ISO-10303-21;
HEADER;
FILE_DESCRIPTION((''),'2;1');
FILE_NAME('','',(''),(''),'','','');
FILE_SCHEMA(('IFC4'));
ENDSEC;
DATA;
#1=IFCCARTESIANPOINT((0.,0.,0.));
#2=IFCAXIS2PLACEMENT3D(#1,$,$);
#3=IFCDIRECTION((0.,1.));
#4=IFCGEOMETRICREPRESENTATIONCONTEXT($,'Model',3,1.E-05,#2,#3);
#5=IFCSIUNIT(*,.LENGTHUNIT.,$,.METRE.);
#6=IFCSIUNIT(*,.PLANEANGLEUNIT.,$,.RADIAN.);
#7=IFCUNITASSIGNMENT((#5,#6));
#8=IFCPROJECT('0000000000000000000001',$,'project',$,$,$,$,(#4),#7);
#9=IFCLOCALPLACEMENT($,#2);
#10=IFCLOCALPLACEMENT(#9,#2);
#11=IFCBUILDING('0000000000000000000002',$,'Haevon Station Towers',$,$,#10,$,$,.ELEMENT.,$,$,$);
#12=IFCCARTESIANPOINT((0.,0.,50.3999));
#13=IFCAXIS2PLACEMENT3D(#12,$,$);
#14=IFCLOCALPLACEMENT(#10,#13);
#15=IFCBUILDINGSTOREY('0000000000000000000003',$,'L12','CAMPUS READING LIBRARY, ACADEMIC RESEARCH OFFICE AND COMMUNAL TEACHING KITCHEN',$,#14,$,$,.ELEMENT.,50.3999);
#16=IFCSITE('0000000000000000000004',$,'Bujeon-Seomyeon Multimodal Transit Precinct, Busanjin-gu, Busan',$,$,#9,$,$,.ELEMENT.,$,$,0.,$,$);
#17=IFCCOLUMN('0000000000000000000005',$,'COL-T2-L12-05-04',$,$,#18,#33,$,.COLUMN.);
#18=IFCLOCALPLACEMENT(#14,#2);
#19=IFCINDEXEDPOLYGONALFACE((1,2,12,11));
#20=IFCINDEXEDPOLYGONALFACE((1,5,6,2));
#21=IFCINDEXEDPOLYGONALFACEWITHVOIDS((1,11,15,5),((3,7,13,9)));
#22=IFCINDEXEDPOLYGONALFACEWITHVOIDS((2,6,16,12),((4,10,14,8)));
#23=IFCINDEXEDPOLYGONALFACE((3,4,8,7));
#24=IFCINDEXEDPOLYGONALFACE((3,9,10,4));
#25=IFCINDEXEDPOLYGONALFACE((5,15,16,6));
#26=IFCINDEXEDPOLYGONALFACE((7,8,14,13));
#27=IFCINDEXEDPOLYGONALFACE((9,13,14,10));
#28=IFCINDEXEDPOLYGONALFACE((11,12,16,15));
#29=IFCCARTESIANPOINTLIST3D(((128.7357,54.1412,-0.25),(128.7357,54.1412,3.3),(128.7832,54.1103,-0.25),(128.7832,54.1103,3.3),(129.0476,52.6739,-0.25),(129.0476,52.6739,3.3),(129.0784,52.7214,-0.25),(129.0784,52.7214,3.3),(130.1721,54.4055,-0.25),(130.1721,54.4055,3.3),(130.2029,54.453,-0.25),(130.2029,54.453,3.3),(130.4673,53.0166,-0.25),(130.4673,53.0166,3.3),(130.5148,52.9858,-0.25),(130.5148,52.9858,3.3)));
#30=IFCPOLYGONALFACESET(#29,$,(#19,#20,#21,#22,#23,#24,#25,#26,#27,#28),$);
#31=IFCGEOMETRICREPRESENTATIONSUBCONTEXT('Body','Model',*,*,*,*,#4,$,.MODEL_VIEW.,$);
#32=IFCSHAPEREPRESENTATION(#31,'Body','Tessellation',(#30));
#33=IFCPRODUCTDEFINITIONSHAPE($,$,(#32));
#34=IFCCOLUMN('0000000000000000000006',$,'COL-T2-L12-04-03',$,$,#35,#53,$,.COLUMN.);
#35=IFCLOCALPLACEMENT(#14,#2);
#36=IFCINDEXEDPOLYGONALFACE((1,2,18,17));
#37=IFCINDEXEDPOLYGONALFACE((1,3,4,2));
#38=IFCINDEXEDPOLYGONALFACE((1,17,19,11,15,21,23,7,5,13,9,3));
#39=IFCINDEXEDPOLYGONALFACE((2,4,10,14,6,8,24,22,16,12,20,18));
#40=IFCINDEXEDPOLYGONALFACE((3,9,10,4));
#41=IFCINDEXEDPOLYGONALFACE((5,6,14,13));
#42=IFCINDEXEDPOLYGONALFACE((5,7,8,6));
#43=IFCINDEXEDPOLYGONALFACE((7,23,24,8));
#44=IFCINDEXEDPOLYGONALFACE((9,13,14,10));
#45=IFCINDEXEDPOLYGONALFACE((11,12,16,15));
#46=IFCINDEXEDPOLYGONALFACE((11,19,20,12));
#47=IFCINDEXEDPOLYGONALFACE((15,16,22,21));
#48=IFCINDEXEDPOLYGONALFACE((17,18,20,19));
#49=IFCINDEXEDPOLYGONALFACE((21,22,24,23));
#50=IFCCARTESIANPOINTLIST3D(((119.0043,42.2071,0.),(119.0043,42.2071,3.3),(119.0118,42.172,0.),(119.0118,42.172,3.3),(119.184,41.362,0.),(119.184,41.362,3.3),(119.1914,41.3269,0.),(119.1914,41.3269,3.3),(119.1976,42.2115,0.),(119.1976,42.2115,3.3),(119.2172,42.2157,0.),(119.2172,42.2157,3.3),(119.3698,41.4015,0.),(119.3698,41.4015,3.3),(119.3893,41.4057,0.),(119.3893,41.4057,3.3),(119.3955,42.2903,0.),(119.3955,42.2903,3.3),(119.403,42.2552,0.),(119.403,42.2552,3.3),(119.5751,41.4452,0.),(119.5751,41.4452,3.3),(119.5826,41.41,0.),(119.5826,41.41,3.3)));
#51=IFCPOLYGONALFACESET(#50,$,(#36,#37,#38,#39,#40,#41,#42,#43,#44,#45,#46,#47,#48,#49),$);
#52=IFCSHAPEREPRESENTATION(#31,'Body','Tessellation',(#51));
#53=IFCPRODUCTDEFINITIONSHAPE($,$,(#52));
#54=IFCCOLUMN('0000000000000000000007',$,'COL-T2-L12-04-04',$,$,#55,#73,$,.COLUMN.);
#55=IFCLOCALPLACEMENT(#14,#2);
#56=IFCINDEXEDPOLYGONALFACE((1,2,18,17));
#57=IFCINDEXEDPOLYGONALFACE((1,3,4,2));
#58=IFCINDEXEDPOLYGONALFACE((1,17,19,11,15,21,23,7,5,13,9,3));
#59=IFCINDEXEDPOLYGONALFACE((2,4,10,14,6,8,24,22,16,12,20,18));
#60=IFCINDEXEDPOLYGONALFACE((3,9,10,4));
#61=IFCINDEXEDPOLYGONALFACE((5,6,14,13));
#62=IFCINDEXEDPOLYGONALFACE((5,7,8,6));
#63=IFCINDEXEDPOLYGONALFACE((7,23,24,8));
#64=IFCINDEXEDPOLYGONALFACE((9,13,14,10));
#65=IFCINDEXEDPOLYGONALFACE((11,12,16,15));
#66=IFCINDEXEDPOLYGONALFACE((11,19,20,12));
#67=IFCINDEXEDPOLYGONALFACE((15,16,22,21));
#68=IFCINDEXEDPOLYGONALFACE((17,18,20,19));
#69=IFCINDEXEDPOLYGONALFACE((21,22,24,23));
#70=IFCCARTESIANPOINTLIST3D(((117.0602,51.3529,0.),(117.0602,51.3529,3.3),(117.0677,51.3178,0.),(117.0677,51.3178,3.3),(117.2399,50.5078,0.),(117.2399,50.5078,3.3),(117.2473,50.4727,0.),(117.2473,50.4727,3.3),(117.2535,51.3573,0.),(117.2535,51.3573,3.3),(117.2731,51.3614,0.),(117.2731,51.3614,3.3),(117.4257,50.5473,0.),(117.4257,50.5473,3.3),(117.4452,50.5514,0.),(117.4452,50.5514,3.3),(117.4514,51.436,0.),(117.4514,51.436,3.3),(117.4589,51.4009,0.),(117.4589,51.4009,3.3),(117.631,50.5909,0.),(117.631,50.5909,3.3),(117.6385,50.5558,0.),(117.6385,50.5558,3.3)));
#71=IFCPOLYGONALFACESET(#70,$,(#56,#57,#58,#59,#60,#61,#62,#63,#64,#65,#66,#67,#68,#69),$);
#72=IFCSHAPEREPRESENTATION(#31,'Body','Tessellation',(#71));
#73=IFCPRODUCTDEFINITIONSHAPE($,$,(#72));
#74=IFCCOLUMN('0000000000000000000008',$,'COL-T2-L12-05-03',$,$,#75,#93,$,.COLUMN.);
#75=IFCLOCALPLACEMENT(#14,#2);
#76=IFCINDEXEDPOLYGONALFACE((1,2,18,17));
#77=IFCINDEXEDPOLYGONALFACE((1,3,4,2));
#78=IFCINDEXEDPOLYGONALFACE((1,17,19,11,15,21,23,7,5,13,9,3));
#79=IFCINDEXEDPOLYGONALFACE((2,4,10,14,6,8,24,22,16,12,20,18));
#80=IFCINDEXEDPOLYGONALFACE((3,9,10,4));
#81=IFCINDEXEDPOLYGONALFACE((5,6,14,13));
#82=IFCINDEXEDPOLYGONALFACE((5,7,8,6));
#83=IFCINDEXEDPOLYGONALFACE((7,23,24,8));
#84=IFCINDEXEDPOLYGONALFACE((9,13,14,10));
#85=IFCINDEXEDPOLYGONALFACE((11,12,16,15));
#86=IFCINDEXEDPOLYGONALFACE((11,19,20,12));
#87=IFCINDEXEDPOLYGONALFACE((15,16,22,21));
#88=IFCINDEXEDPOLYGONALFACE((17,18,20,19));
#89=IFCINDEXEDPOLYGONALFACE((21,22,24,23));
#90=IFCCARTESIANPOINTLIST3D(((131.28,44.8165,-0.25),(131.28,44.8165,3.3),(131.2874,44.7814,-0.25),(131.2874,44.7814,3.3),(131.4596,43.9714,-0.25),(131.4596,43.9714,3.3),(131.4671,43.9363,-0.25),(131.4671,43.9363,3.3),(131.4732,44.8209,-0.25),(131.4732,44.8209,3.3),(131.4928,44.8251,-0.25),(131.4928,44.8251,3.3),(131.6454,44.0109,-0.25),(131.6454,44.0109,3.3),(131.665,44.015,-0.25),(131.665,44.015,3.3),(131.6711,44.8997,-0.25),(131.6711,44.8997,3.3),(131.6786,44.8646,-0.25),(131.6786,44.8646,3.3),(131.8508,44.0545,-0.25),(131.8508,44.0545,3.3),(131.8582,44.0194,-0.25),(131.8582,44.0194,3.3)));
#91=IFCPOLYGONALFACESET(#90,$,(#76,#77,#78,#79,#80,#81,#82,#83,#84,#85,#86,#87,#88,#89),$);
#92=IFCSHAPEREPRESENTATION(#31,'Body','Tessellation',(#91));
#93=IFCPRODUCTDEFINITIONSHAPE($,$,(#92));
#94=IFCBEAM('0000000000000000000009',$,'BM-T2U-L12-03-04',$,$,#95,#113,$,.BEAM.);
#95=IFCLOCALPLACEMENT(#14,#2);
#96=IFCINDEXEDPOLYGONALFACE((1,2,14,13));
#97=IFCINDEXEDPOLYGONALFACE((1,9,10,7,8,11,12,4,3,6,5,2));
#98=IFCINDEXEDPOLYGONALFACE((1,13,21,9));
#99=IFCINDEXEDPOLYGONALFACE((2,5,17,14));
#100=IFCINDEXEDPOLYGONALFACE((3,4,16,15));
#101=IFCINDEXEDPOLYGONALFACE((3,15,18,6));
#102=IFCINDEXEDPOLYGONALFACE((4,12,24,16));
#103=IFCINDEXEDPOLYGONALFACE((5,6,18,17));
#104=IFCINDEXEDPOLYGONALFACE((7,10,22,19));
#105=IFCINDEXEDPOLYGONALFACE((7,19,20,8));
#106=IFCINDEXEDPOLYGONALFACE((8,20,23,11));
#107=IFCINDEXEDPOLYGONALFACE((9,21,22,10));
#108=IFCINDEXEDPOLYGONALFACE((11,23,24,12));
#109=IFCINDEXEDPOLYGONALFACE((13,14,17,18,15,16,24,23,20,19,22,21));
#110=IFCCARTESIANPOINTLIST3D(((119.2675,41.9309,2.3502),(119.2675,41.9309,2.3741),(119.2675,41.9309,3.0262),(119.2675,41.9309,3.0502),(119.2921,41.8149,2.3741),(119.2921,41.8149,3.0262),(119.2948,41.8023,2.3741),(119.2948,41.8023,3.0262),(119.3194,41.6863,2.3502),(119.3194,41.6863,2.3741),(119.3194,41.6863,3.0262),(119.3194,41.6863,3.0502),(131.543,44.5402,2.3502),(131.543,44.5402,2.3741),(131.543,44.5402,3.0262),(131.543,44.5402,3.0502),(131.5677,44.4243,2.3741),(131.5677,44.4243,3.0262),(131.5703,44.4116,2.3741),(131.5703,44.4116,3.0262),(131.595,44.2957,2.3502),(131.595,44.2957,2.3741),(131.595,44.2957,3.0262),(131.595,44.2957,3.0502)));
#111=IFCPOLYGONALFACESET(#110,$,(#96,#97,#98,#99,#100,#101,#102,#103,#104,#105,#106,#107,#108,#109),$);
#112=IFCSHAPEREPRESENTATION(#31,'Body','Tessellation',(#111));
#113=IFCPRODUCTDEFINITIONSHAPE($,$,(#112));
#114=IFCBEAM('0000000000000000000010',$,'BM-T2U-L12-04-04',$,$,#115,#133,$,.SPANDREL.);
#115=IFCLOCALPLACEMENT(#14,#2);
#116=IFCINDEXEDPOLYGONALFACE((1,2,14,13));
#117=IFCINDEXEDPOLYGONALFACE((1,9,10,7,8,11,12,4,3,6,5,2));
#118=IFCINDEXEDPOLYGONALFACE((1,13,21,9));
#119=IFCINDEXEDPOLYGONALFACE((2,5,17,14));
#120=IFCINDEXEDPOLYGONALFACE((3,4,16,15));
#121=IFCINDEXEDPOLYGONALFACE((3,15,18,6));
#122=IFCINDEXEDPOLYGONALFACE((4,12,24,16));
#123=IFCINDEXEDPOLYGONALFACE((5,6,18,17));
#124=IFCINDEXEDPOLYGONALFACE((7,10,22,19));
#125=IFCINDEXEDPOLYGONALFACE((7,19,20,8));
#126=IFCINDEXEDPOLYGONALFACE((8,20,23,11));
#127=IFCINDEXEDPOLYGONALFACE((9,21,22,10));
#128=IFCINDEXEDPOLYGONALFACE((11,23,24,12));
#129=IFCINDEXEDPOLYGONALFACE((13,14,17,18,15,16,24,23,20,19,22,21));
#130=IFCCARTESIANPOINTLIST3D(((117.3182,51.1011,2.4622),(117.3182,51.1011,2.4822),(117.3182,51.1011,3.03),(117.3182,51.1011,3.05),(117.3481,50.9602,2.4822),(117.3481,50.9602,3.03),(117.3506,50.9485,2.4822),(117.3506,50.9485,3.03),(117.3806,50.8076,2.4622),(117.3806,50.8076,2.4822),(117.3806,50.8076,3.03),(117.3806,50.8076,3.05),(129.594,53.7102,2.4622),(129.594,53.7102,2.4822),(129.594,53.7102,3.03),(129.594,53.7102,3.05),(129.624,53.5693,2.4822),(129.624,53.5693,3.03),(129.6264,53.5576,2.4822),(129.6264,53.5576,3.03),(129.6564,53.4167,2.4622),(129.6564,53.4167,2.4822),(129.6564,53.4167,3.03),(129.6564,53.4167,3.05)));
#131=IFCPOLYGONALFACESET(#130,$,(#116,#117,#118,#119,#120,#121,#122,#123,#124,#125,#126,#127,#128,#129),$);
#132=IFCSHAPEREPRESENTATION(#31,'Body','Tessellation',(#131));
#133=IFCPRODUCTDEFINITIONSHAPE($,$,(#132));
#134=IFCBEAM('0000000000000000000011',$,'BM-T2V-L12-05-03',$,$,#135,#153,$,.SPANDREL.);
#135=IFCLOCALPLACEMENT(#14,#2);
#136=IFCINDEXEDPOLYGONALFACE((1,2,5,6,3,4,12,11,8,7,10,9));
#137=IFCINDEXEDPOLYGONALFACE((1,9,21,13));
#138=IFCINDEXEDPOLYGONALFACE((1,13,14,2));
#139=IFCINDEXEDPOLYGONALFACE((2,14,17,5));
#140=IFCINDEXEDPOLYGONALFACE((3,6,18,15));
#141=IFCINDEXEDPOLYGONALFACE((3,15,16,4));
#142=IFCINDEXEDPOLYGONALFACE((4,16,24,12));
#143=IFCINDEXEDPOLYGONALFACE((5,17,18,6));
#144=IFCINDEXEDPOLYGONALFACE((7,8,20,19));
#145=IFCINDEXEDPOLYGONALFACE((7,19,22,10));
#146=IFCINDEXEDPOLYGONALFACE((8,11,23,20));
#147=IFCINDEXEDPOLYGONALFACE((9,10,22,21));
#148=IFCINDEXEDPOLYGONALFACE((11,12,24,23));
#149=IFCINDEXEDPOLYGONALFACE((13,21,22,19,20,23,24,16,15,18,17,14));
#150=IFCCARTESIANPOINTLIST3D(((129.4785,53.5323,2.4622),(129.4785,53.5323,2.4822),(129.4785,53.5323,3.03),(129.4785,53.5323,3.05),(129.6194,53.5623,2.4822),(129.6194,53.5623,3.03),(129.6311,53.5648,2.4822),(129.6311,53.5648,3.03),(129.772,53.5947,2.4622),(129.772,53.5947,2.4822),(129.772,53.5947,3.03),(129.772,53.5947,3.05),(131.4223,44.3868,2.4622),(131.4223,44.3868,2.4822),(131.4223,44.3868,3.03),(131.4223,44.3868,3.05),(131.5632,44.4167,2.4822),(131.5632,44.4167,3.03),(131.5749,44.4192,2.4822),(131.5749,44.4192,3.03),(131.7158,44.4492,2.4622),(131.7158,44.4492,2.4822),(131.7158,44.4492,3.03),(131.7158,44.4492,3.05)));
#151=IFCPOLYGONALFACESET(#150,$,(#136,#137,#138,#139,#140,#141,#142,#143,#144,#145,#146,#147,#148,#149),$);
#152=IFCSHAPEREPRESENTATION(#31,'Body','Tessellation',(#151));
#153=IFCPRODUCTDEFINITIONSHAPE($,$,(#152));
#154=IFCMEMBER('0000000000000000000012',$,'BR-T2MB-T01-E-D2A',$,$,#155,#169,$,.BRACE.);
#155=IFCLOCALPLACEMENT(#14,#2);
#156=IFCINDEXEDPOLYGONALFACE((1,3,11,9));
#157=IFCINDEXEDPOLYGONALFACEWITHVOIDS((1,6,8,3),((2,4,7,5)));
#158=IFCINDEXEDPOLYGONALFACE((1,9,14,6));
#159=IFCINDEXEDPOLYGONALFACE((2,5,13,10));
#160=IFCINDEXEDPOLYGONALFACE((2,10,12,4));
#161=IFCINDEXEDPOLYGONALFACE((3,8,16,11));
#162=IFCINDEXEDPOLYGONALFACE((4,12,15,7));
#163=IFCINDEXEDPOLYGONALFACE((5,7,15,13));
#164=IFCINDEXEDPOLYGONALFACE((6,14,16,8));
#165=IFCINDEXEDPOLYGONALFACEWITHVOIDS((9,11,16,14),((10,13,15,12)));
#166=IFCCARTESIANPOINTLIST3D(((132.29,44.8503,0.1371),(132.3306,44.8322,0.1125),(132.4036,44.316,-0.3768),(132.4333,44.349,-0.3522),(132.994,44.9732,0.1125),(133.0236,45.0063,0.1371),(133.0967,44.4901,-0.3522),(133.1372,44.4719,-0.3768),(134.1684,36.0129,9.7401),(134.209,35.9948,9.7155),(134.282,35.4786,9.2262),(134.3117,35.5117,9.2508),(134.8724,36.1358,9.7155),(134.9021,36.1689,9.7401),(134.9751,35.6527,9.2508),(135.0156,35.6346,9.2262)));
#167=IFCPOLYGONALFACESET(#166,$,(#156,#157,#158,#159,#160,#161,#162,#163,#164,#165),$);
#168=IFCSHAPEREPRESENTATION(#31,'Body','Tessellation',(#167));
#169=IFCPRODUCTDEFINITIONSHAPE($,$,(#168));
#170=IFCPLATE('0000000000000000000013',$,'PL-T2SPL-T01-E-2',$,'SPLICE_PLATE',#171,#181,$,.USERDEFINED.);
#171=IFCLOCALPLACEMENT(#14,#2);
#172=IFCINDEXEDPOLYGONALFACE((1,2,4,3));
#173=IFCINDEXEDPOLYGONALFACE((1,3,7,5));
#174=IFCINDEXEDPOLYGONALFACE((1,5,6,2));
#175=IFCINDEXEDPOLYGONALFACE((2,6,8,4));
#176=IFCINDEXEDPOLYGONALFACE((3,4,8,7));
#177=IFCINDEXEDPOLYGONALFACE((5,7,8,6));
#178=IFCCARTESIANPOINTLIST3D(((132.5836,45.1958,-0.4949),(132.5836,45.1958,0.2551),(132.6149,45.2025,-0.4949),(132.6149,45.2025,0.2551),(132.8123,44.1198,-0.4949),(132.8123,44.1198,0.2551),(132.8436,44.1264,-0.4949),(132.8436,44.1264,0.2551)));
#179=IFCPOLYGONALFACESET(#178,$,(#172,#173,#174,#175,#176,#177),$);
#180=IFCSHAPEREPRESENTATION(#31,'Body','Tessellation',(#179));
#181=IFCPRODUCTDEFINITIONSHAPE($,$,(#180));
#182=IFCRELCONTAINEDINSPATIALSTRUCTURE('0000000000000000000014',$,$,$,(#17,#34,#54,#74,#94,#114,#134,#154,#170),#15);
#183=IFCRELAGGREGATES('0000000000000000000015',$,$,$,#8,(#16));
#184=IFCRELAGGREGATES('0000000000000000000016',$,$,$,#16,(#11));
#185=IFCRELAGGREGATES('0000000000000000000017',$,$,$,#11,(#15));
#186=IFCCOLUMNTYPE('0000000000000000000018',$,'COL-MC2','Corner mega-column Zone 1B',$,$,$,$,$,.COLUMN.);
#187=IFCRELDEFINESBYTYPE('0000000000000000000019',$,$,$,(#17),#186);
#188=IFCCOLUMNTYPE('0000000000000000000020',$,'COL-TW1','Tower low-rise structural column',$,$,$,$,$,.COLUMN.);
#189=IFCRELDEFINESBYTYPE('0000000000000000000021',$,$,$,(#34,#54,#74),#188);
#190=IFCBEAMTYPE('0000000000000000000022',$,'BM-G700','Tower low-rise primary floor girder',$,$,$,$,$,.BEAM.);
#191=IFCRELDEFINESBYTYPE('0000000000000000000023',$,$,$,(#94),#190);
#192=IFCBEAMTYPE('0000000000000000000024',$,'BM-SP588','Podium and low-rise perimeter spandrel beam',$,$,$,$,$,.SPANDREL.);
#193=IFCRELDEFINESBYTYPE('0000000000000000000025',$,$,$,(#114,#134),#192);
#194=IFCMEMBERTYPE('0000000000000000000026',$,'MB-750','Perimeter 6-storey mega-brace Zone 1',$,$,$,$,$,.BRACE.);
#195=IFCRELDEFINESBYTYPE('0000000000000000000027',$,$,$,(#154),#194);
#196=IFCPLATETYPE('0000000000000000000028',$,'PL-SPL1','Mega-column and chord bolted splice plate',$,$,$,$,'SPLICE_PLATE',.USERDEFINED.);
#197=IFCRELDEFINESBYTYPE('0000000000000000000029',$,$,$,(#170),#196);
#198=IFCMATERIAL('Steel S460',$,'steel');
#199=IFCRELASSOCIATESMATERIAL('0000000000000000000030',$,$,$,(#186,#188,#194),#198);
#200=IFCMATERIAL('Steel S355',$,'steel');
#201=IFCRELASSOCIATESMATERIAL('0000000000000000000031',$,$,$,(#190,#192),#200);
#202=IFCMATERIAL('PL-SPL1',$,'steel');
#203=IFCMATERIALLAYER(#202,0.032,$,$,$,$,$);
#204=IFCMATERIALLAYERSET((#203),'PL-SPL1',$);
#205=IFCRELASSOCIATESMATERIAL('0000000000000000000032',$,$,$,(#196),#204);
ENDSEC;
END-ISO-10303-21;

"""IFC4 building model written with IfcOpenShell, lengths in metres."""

from ifc_helpers import new_model, si_unit, direction, frame, origin, origin_2d, place, context, subcontext, project, spatial, rectangle, hollow_rectangle, i_section, extrude, material, layer, layer_set, material_profile, profile_set, type_object, element, save


model = new_model("IFC4")

# Units and contexts
model_context = context("Model", 3, precision=1e-05, world=origin(), true_north=direction((0.0, 1.0)))
body_context = subcontext(model_context, "Body", "Model", "MODEL_VIEW")
ifc_project = project(units=[si_unit("LENGTHUNIT", "METRE"), si_unit("PLANEANGLEUNIT", "RADIAN")], contexts=[model_context])

# Site, building, storey
site_placement = place(None, origin())
site = spatial("IfcSite", under=ifc_project, at=site_placement, Name="Bujeon-Seomyeon Multimodal Transit Precinct, Busanjin-gu, Busan", CompositionType="ELEMENT", RefElevation=0.0)
building_placement = place(site_placement, origin())
building = spatial("IfcBuilding", under=site, at=building_placement, Name="Haevon Station Towers", CompositionType="ELEMENT")
storey_placement = place(building_placement, frame((0.0, 0.0, 50.3999)))
storey = spatial("IfcBuildingStorey", under=building, at=storey_placement, Name="L12", Description="CAMPUS READING LIBRARY, ACADEMIC RESEARCH OFFICE AND COMMUNAL TEACHING KITCHEN", CompositionType="ELEMENT", Elevation=50.3999)

# Columns
ifc_material_1 = material(Name="Steel S460", Category="steel")
ifc_material_profile_1 = material_profile(ifc_material_1, hollow_rectangle(XDim=1.5, YDim=1.5, WallThickness=0.04, at=origin_2d()), Name="BOX-1500x1500x40")
ifc_profile_set_1 = profile_set([ifc_material_profile_1], Name="Steel S460")
column_type_1 = type_object("IfcColumnType", Name="COL-MC2", Description="Corner mega-column Zone 1B", PredefinedType="COLUMN", material=ifc_profile_set_1)
column_1_placement = place(storey_placement, frame((129.6252, 53.5635, -0.25), z_axis=(0.0, 0.0, 1.0), x_axis=(0.978148, 0.207912, 0.0)))
element("IfcColumn", 1, at=column_1_placement, inside=storey, type_object=column_type_1, Name="COL-T2-L12-05-04", PredefinedType="COLUMN", context=body_context, shape_type="SweptSolid", body=[
    extrude(hollow_rectangle(XDim=1.5, YDim=1.5, WallThickness=0.04, at=origin_2d()), origin(), (0.0, 0.0, 1.0), 3.55),
])
ifc_material_profile_2 = material_profile(ifc_material_1, i_section(OverallWidth=0.3999, OverallDepth=0.8999, WebThickness=0.02, FlangeThickness=0.0359, at=origin_2d()), Name="H-900x400x20x36")
ifc_profile_set_2 = profile_set([ifc_material_profile_2], Name="Steel S460")
column_type_2 = type_object("IfcColumnType", Name="COL-TW1", Description="Tower low-rise structural column", PredefinedType="COLUMN", material=ifc_profile_set_2)
for number, where, z_axis, x_axis, name in (
    (2, (119.2935, 41.8086, 0.0), (0.0, 0.0, 1.0), (0.978148, 0.207912, 0.0), "COL-T2-L12-04-03"),
    (3, (117.3494, 50.9543, 0.0), (0.0, 0.0, 1.0), (0.978148, 0.207912, 0.0), "COL-T2-L12-04-04"),
):
    element("IfcColumn", number, at=place(storey_placement, frame(where, z_axis=z_axis, x_axis=x_axis)), inside=storey, type_object=column_type_2, Name=name, PredefinedType="COLUMN", context=body_context, shape_type="SweptSolid", body=[
        extrude(i_section(OverallWidth=0.3999, OverallDepth=0.8999, WebThickness=0.02, FlangeThickness=0.0359, at=origin_2d()), origin(), (0.0, 0.0, 1.0), 3.3),
    ])
column_2_placement = place(storey_placement, frame((131.5691, 44.418, -0.25), z_axis=(0.0, 0.0, 1.0), x_axis=(0.978148, 0.207912, 0.0)))
element("IfcColumn", 4, at=column_2_placement, inside=storey, type_object=column_type_2, Name="COL-T2-L12-05-03", PredefinedType="COLUMN", context=body_context, shape_type="SweptSolid", body=[
    extrude(i_section(OverallWidth=0.3999, OverallDepth=0.8999, WebThickness=0.02, FlangeThickness=0.0359, at=origin_2d()), origin(), (0.0, 0.0, 1.0), 3.55),
])

# Beams
ifc_material_2 = material(Name="Steel S355", Category="steel")
ifc_material_profile_3 = material_profile(ifc_material_2, i_section(OverallWidth=0.25, OverallDepth=0.7, WebThickness=0.0129, FlangeThickness=0.0239, at=origin_2d()), Name="H-700x250x13x24")
ifc_profile_set_3 = profile_set([ifc_material_profile_3], Name="Steel S355")
beam_type_1 = type_object("IfcBeamType", Name="BM-G700", Description="Tower low-rise primary floor girder", PredefinedType="BEAM", material=ifc_profile_set_3)
beam_1_placement = place(storey_placement, frame((119.2935, 41.8086, 2.7002), z_axis=(0.978146, 0.20792, 0.0), x_axis=(-0.20792, 0.978146, 0.0)))
element("IfcBeam", 5, at=beam_1_placement, inside=storey, type_object=beam_type_1, Name="BM-T2U-L12-03-04", PredefinedType="BEAM", context=body_context, shape_type="SweptSolid", body=[
    extrude(i_section(OverallWidth=0.25, OverallDepth=0.7, WebThickness=0.0129, FlangeThickness=0.0239, at=origin_2d()), origin(), (0.0, 0.0, 1.0), 12.5498),
])
ifc_material_profile_4 = material_profile(ifc_material_2, i_section(OverallWidth=0.3, OverallDepth=0.5879, WebThickness=0.012, FlangeThickness=0.02, at=origin_2d()), Name="H-588x300x12x20")
ifc_profile_set_4 = profile_set([ifc_material_profile_4], Name="Steel S355")
beam_type_2 = type_object("IfcBeamType", Name="BM-SP588", Description="Podium and low-rise perimeter spandrel beam", PredefinedType="SPANDREL", material=ifc_profile_set_4)
beam_2_placement = place(storey_placement, frame((117.3494, 50.9543, 2.7561), z_axis=(0.978151, 0.207897, 0.0), x_axis=(-0.207897, 0.978151, 0.0)))
element("IfcBeam", 6, at=beam_2_placement, inside=storey, type_object=beam_type_2, Name="BM-T2U-L12-04-04", PredefinedType="SPANDREL", context=body_context, shape_type="SweptSolid", body=[
    extrude(i_section(OverallWidth=0.3, OverallDepth=0.5879, WebThickness=0.012, FlangeThickness=0.02, at=origin_2d()), origin(), (0.0, 0.0, 1.0), 12.55),
])
beam_3_placement = place(storey_placement, frame((131.5691, 44.418, 2.7561), z_axis=(-0.207902, 0.97815, 0.0), x_axis=(-0.97815, -0.207902, 0.0)))
element("IfcBeam", 7, at=beam_3_placement, inside=storey, type_object=beam_type_2, Name="BM-T2V-L12-05-03", PredefinedType="SPANDREL", context=body_context, shape_type="SweptSolid", body=[
    extrude(i_section(OverallWidth=0.3, OverallDepth=0.5879, WebThickness=0.012, FlangeThickness=0.02, at=origin_2d()), origin(), (0.0, 0.0, 1.0), 9.3499),
])

# Member
ifc_material_profile_5 = material_profile(ifc_material_1, hollow_rectangle(XDim=0.75, YDim=0.75, WallThickness=0.0359, at=origin_2d()), Name="RHS-750x750x36")
ifc_profile_set_5 = profile_set([ifc_material_profile_5], Name="Steel S460")
member_type = type_object("IfcMemberType", Name="MB-750", Description="Perimeter 6-storey mega-brace Zone 1", PredefinedType="BRACE", material=ifc_profile_set_5)
member_placement = place(storey_placement, frame((132.7136, 44.6611, -0.1199), z_axis=(0.142465, -0.670258, 0.728325), x_axis=(0.978148, 0.207909, 0.0)))
element("IfcMember", 8, at=member_placement, inside=storey, type_object=member_type, Name="BR-T2MB-T01-E-D2A", PredefinedType="BRACE", context=body_context, shape_type="SweptSolid", body=[
    extrude(hollow_rectangle(XDim=0.75, YDim=0.75, WallThickness=0.0359, at=origin_2d()), origin(), (0.0, 0.0, 1.0), 13.1851),
])

# Plate
ifc_material_3 = material(Name="PL-SPL1", Category="steel")
ifc_layer_1 = layer(ifc_material_3, 0.032)
ifc_layer_set_1 = layer_set([ifc_layer_1], Name="PL-SPL1")
plate_type = type_object("IfcPlateType", Name="PL-SPL1", Description="Mega-column and chord bolted splice plate", ElementType="SPLICE_PLATE", PredefinedType="USERDEFINED", material=ifc_layer_set_1)
plate_placement = place(storey_placement, frame((132.7136, 44.6611, -0.4949), z_axis=(0.0, 0.0, 1.0), x_axis=(-0.207912, 0.978148, 0.0)))
element("IfcPlate", 9, at=plate_placement, inside=storey, type_object=plate_type, Name="PL-T2SPL-T01-E-2", ObjectType="SPLICE_PLATE", PredefinedType="USERDEFINED", context=body_context, shape_type="SweptSolid", body=[
    extrude(rectangle(XDim=1.1001, YDim=0.032, at=origin_2d()), origin(), (0.0, 0.0, 1.0), 0.75),
])

save(model, "model.ifc")
